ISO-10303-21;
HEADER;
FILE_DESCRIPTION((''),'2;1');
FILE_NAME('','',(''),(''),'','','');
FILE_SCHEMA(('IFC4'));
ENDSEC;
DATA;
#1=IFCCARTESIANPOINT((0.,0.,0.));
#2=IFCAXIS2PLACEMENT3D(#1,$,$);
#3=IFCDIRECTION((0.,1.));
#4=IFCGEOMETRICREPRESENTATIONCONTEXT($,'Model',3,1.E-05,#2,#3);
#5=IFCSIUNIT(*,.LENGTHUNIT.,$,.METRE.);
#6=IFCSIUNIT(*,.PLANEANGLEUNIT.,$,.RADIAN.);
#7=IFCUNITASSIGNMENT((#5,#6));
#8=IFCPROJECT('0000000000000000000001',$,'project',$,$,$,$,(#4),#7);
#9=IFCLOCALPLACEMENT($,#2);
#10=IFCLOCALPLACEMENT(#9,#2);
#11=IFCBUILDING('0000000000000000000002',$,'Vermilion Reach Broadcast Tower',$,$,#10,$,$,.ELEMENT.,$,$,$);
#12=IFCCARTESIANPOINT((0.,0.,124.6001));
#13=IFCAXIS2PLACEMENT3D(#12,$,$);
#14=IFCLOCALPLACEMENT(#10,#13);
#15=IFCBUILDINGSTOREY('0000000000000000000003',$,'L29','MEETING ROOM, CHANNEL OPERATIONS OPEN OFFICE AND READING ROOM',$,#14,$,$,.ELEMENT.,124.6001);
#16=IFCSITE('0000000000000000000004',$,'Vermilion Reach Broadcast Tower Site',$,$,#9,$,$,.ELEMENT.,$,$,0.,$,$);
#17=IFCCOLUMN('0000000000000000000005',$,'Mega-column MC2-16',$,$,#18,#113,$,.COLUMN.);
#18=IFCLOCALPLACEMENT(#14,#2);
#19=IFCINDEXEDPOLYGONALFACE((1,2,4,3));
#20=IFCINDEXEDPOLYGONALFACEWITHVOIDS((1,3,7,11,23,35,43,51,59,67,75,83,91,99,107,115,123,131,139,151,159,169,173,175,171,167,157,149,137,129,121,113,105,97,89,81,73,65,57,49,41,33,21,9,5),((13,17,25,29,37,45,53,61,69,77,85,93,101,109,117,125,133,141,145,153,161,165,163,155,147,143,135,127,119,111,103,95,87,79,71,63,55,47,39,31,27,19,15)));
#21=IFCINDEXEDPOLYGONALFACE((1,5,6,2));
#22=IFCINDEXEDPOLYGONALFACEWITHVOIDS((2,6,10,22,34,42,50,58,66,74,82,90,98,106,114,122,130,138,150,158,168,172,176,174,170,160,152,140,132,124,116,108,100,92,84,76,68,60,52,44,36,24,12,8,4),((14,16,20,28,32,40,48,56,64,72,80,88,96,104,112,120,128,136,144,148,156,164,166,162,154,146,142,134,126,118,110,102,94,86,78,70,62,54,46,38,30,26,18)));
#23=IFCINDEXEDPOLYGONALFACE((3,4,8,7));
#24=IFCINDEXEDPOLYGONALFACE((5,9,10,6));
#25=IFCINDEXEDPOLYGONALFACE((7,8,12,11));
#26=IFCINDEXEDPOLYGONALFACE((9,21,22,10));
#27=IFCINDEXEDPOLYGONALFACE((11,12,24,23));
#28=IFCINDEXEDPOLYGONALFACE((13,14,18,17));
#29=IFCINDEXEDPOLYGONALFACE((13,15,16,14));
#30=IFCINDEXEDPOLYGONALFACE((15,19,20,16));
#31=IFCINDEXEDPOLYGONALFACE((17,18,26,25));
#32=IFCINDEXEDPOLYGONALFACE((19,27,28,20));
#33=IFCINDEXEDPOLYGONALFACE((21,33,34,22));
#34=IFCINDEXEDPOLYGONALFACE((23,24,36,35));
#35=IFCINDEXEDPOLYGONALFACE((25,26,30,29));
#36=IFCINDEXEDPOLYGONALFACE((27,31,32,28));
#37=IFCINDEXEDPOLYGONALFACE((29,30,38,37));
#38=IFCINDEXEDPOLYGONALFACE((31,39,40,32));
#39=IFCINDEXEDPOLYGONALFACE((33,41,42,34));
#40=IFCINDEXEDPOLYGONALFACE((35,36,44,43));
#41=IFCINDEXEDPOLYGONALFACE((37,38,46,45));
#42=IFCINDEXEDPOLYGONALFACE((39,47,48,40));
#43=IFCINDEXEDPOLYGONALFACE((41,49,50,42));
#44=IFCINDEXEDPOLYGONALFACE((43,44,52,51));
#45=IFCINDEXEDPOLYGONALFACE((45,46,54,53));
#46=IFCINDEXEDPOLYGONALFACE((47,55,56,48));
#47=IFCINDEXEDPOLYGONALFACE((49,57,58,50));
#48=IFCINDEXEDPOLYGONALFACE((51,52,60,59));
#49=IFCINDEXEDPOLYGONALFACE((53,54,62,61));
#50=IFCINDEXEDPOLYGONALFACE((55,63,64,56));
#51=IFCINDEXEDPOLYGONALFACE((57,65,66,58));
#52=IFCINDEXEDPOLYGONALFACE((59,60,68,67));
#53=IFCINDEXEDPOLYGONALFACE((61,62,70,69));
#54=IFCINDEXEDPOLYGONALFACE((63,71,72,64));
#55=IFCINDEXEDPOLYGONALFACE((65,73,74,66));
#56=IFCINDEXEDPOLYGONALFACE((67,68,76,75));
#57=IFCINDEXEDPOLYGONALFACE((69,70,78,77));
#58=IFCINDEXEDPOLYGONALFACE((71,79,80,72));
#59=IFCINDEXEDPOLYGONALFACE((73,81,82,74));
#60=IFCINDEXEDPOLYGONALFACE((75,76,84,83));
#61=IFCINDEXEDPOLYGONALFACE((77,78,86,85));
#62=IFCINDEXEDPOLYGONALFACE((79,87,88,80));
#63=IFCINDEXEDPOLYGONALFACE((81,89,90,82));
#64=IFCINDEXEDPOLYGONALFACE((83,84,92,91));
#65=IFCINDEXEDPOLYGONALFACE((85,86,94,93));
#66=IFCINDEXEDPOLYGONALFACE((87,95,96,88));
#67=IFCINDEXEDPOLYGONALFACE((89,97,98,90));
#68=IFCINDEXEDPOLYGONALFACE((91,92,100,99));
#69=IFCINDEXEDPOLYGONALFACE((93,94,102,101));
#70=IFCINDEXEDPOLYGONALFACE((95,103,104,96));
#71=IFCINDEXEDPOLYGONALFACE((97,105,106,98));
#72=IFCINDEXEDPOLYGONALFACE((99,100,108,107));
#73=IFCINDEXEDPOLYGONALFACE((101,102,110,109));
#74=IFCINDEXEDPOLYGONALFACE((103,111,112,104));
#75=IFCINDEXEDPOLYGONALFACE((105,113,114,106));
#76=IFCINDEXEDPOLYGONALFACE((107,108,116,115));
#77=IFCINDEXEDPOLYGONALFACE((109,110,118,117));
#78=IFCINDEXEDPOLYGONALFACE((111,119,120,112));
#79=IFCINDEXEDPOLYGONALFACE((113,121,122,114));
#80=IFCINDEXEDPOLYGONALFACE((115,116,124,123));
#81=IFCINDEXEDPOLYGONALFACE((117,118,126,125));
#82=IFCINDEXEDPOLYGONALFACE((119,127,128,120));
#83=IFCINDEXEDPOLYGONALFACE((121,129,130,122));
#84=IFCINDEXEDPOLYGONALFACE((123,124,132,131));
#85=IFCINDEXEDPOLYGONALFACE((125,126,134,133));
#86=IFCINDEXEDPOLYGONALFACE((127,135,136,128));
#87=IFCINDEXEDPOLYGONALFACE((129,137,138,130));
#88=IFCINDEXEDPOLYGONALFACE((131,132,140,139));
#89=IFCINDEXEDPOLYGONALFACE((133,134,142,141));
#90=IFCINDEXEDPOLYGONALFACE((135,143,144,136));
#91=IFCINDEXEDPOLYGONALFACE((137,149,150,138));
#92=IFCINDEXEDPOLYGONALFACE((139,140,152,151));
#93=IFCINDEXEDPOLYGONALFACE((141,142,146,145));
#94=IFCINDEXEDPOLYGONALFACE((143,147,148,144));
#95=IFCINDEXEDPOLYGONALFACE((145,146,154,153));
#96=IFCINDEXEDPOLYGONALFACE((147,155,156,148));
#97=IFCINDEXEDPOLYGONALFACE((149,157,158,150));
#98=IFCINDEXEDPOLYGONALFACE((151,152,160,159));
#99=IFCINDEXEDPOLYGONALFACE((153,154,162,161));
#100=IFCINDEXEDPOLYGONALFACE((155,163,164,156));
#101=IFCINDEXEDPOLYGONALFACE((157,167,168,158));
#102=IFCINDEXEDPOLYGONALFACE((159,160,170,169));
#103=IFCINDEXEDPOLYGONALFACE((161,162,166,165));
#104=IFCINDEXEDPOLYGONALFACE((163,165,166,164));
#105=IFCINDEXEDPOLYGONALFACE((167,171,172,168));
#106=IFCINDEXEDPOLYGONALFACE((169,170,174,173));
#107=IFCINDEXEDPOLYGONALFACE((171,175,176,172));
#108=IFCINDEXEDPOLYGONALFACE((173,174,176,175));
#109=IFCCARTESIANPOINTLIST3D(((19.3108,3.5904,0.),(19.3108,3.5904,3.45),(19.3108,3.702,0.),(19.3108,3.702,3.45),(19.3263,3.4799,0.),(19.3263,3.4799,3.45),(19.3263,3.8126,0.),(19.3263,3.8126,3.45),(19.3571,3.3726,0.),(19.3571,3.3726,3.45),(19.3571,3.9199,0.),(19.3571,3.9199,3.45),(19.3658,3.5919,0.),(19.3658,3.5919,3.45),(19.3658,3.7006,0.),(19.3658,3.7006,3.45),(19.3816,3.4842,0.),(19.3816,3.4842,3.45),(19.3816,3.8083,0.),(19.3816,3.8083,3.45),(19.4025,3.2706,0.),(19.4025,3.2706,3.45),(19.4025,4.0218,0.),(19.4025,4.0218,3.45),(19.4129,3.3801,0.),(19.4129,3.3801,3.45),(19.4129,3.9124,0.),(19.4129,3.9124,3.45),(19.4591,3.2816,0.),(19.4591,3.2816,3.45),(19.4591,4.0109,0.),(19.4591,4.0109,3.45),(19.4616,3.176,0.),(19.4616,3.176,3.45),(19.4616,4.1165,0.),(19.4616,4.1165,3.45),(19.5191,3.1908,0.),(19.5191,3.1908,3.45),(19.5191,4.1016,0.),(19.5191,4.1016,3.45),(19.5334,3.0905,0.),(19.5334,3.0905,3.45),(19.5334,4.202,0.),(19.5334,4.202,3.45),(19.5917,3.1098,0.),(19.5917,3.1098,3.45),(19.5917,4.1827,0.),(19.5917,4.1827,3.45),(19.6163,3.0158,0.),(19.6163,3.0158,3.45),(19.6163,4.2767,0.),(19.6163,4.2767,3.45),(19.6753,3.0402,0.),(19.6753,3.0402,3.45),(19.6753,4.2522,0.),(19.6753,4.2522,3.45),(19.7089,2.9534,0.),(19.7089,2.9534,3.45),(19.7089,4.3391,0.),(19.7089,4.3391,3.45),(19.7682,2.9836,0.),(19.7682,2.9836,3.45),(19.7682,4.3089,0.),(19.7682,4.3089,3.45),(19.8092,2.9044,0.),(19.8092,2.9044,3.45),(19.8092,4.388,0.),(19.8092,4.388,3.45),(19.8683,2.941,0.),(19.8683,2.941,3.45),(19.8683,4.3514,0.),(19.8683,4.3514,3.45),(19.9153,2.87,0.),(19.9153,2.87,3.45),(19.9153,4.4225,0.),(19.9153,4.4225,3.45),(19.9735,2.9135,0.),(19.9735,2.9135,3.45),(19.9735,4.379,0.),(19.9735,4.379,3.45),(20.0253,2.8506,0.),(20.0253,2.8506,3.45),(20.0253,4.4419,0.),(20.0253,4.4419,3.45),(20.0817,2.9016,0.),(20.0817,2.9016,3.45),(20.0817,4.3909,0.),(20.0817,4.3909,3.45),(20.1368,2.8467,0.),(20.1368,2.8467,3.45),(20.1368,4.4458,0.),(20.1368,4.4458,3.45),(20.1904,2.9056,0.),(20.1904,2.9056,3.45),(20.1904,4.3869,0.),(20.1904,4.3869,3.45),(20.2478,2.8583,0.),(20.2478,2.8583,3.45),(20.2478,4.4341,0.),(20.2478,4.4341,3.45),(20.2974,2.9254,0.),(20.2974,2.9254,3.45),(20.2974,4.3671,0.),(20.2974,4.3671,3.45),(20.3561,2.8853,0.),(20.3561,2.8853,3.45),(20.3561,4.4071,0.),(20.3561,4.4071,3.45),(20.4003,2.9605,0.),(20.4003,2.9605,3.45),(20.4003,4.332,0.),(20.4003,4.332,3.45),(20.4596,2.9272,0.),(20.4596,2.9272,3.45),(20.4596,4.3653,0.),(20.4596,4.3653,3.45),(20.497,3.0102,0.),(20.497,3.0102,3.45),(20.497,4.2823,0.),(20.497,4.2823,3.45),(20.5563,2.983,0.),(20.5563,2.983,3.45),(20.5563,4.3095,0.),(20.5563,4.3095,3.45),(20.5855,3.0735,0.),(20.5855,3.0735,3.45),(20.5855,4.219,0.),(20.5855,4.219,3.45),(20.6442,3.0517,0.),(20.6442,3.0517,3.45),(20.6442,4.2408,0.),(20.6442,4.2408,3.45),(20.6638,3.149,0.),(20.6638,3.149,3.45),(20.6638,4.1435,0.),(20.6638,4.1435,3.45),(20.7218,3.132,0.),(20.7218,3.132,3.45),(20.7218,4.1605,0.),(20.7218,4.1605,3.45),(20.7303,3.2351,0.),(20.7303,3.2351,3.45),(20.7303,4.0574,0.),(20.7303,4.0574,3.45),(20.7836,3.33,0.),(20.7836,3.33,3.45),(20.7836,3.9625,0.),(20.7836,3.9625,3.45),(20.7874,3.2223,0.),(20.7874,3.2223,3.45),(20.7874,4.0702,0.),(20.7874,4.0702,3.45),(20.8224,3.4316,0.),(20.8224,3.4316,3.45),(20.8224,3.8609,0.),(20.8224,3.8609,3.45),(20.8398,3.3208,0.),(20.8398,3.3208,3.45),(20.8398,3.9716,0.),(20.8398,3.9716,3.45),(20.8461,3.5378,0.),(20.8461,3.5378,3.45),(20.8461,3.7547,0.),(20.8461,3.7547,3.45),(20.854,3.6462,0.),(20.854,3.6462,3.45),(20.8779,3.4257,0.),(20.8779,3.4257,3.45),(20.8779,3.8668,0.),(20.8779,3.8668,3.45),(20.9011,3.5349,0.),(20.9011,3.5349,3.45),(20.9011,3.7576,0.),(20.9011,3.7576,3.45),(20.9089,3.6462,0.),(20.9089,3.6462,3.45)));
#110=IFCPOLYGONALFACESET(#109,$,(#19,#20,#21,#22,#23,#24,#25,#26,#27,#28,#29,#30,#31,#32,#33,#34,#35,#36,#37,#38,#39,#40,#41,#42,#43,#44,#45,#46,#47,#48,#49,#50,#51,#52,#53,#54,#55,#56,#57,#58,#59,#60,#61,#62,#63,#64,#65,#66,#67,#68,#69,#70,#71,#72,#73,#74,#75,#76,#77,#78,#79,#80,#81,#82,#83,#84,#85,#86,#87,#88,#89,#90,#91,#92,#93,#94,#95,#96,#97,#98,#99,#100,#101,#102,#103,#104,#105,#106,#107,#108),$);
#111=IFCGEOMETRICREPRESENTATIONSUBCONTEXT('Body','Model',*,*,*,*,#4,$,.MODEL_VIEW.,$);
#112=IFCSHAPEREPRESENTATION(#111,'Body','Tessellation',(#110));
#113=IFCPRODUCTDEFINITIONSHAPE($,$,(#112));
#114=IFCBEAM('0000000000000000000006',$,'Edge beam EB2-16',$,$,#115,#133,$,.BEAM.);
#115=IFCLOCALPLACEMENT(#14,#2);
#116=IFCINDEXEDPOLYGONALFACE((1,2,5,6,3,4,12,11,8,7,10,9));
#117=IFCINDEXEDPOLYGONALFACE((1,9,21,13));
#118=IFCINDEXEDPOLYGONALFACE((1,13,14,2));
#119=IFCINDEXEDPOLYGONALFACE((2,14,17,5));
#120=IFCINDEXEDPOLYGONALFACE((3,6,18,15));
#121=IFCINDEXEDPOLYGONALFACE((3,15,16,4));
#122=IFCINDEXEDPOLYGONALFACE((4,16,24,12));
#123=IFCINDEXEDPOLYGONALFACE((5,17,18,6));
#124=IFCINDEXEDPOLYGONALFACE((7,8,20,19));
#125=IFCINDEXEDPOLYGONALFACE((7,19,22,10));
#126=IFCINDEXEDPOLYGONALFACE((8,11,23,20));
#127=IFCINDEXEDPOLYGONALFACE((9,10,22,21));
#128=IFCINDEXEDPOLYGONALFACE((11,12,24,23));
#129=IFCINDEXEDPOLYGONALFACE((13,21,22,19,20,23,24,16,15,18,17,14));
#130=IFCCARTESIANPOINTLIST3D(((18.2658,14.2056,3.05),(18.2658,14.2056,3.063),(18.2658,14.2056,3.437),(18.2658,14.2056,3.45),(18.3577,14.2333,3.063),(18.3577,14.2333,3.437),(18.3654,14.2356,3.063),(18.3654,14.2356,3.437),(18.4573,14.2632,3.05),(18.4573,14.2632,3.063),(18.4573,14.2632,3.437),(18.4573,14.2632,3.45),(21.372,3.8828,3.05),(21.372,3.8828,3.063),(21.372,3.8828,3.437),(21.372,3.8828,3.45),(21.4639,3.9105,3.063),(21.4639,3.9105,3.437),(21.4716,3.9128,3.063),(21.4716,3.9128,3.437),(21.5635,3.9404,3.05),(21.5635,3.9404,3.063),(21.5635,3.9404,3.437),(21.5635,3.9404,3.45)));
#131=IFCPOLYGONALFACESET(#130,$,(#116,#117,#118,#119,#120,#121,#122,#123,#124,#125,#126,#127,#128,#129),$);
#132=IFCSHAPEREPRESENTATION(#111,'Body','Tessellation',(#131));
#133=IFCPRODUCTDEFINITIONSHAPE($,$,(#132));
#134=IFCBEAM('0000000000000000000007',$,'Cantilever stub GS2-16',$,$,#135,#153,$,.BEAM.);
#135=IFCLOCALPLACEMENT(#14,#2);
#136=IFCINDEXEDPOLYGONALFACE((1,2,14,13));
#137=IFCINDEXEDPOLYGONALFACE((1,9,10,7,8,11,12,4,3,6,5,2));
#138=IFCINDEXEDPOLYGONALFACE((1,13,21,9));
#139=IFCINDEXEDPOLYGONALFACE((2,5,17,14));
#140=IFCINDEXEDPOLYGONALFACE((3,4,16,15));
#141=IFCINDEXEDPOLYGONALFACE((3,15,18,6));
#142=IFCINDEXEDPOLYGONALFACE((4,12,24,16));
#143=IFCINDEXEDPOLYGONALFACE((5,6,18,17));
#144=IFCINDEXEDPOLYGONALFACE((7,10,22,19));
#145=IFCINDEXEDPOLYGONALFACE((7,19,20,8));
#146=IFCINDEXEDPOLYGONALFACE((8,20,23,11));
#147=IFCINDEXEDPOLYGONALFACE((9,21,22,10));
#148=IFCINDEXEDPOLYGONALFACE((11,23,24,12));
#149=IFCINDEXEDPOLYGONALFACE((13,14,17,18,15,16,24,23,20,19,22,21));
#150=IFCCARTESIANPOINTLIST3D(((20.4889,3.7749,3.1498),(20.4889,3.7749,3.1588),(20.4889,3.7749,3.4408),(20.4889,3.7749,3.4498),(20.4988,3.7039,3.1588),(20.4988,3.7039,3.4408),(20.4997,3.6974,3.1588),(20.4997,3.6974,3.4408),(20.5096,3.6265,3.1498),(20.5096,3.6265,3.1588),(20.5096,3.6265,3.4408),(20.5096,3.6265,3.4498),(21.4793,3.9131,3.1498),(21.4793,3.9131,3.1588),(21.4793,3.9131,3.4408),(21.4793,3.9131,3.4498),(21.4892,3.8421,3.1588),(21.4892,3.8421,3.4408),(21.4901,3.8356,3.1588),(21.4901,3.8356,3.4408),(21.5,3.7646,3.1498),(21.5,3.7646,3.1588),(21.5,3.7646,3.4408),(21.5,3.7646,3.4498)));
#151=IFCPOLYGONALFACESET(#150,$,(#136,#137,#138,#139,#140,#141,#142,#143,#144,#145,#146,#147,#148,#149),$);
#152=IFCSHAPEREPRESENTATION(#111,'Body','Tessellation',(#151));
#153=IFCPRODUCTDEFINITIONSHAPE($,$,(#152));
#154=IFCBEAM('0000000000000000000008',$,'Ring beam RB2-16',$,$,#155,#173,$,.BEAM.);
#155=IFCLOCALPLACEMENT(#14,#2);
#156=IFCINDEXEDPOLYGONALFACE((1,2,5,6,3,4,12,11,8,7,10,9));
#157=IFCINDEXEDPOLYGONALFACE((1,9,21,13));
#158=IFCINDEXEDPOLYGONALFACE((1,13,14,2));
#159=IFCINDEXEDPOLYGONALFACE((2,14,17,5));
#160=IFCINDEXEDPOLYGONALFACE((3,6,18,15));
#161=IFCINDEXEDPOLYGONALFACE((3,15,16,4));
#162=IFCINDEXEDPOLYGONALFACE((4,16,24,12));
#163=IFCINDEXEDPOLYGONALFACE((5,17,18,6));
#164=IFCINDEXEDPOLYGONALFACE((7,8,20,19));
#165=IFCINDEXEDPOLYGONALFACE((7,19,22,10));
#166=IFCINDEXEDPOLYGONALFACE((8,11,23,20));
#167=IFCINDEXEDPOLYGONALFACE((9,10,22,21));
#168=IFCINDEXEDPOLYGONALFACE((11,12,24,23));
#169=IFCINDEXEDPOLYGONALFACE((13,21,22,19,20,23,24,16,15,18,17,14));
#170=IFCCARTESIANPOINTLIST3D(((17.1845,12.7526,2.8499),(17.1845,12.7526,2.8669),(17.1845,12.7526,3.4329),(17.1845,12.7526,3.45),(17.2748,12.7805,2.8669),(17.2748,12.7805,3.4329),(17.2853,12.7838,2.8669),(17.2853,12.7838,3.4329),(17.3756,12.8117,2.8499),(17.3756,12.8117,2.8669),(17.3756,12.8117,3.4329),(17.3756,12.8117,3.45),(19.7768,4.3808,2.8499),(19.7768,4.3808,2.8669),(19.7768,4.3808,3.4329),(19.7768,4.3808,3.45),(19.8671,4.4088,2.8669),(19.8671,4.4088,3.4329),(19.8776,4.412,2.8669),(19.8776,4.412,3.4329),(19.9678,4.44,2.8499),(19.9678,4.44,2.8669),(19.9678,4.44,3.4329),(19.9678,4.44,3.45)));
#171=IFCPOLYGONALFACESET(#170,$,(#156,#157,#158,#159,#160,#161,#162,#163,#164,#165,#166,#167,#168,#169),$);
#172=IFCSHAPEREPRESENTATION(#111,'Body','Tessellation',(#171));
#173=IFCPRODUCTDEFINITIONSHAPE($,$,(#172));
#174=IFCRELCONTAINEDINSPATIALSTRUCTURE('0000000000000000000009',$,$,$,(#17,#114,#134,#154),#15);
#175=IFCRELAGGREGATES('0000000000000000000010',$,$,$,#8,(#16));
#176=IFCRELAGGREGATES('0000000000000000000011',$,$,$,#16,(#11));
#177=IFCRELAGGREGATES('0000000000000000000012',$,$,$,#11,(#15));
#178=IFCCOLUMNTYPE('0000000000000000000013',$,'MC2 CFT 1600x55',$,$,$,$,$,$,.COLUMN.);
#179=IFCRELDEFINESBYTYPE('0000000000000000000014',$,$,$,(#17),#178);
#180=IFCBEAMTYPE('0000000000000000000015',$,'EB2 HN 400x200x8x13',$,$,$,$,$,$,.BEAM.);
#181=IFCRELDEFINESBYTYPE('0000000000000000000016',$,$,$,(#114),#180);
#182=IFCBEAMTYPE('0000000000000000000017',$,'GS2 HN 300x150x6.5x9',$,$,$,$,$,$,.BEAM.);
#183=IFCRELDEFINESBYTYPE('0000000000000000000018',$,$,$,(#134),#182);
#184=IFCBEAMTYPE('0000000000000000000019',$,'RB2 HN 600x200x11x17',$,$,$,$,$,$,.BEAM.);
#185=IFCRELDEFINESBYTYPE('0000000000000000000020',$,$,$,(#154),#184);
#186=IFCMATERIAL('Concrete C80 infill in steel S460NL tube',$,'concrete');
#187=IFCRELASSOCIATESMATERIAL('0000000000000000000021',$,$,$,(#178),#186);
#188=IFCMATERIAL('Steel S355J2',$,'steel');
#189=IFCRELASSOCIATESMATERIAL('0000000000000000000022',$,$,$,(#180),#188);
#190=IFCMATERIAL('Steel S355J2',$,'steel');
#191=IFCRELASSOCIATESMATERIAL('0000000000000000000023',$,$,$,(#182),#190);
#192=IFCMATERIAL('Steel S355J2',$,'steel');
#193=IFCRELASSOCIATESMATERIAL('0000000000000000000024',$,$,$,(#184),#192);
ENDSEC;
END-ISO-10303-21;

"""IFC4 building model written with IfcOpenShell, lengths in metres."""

from ifc_helpers import new_model, si_unit, direction, frame, origin, origin_2d, place, context, subcontext, project, spatial, hollow_circle, i_section, extrude, material, material_profile, profile_set, type_object, element, save


model = new_model("IFC4")

# Units and contexts
model_context = context("Model", 3, precision=1e-05, world=origin(), true_north=direction((0.0, 1.0)))
body_context = subcontext(model_context, "Body", "Model", "MODEL_VIEW")
ifc_project = project(units=[si_unit("LENGTHUNIT", "METRE"), si_unit("PLANEANGLEUNIT", "RADIAN")], contexts=[model_context])

# Site, building, storey
site_placement = place(None, origin())
site = spatial("IfcSite", under=ifc_project, at=site_placement, Name="Vermilion Reach Broadcast Tower Site", CompositionType="ELEMENT", RefElevation=0.0)
building_placement = place(site_placement, origin())
building = spatial("IfcBuilding", under=site, at=building_placement, Name="Vermilion Reach Broadcast Tower", CompositionType="ELEMENT")
storey_placement = place(building_placement, frame((0.0, 0.0, 124.6001)))
storey = spatial("IfcBuildingStorey", under=building, at=storey_placement, Name="L29", Description="MEETING ROOM, CHANNEL OPERATIONS OPEN OFFICE AND READING ROOM", CompositionType="ELEMENT", Elevation=124.6001)

# Column
ifc_material_1 = material(Name="Concrete C80 infill in steel S460NL tube", Category="concrete")
ifc_material_profile_1 = material_profile(ifc_material_1, hollow_circle(Radius=0.8, WallThickness=0.0549, at=origin_2d()), Name="Concrete C80 infill in steel S460NL tube CFT 1600x55")
ifc_profile_set_1 = profile_set([ifc_material_profile_1], Name="Concrete C80 infill in steel S460NL tube")
column_type = type_object("IfcColumnType", Name="MC2 CFT 1600x55", PredefinedType="COLUMN", material=ifc_profile_set_1)
column_placement = place(storey_placement, frame((20.1089, 3.6462, 0.0), z_axis=(0.0, 0.0, 1.0), x_axis=(1.0, 0.0, 0.0)))
element("IfcColumn", 1, at=column_placement, inside=storey, type_object=column_type, Name="Mega-column MC2-16", PredefinedType="COLUMN", context=body_context, shape_type="SweptSolid", body=[
    extrude(hollow_circle(Radius=0.8, WallThickness=0.0549, at=origin_2d()), origin(), (0.0, 0.0, 1.0), 3.45),
])

# Beams
ifc_material_2 = material(Name="Steel S355J2", Category="steel")
ifc_material_profile_2 = material_profile(ifc_material_2, i_section(OverallWidth=0.2, OverallDepth=0.3999, WebThickness=0.0081, FlangeThickness=0.0129, at=origin_2d()), Name="S355J2 HN 400x200x8x13")
ifc_profile_set_2 = profile_set([ifc_material_profile_2], Name="Steel S355J2")
beam_type_1 = type_object("IfcBeamType", Name="EB2 HN 400x200x8x13", PredefinedType="BEAM", material=ifc_profile_set_2)
beam_1_placement = place(storey_placement, frame((21.4678, 3.9116, 3.25), z_axis=(-0.288146, 0.957587, 0.0), x_axis=(-0.957587, -0.288146, 0.0)))
element("IfcBeam", 2, at=beam_1_placement, inside=storey, type_object=beam_type_1, Name="Edge beam EB2-16", PredefinedType="BEAM", context=body_context, shape_type="SweptSolid", body=[
    extrude(i_section(OverallWidth=0.2, OverallDepth=0.3999, WebThickness=0.0081, FlangeThickness=0.0129, at=origin_2d()), origin(), (0.0, 0.0, 1.0), 10.78),
])
ifc_material_3 = material(Name="Steel S355J2", Category="steel")
ifc_material_profile_3 = material_profile(ifc_material_3, i_section(OverallWidth=0.1499, OverallDepth=0.3, WebThickness=0.0066, FlangeThickness=0.009, at=origin_2d()), Name="S355J2 HN 300x150x6.5x9")
ifc_profile_set_3 = profile_set([ifc_material_profile_3], Name="Steel S355J2")
beam_type_2 = type_object("IfcBeamType", Name="GS2 HN 300x150x6.5x9", PredefinedType="BEAM", material=ifc_profile_set_3)
beam_2_placement = place(storey_placement, frame((20.4993, 3.7007, 3.2998), z_axis=(0.990408, 0.138174, 0.0), x_axis=(-0.138174, 0.990408, 0.0)))
element("IfcBeam", 3, at=beam_2_placement, inside=storey, type_object=beam_type_2, Name="Cantilever stub GS2-16", PredefinedType="BEAM", context=body_context, shape_type="SweptSolid", body=[
    extrude(i_section(OverallWidth=0.1499, OverallDepth=0.3, WebThickness=0.0066, FlangeThickness=0.009, at=origin_2d()), origin(), (0.0, 0.0, 1.0), 1.0),
])
ifc_material_4 = material(Name="Steel S355J2", Category="steel")
ifc_material_profile_4 = material_profile(ifc_material_4, i_section(OverallWidth=0.2, OverallDepth=0.6001, WebThickness=0.011, FlangeThickness=0.0171, at=origin_2d()), Name="S355J2 HN 600x200x11x17")
ifc_profile_set_4 = profile_set([ifc_material_profile_4], Name="Steel S355J2")
beam_type_3 = type_object("IfcBeamType", Name="RB2 HN 600x200x11x17", PredefinedType="BEAM", material=ifc_profile_set_4)
beam_3_placement = place(storey_placement, frame((19.8723, 4.4104, 3.1499), z_axis=(-0.295788, 0.955253, 0.0), x_axis=(-0.955253, -0.295788, 0.0)))
element("IfcBeam", 4, at=beam_3_placement, inside=storey, type_object=beam_type_3, Name="Ring beam RB2-16", PredefinedType="BEAM", context=body_context, shape_type="SweptSolid", body=[
    extrude(i_section(OverallWidth=0.2, OverallDepth=0.6001, WebThickness=0.011, FlangeThickness=0.0171, at=origin_2d()), origin(), (0.0, 0.0, 1.0), 8.7639),
])

save(model, "model.ifc")
